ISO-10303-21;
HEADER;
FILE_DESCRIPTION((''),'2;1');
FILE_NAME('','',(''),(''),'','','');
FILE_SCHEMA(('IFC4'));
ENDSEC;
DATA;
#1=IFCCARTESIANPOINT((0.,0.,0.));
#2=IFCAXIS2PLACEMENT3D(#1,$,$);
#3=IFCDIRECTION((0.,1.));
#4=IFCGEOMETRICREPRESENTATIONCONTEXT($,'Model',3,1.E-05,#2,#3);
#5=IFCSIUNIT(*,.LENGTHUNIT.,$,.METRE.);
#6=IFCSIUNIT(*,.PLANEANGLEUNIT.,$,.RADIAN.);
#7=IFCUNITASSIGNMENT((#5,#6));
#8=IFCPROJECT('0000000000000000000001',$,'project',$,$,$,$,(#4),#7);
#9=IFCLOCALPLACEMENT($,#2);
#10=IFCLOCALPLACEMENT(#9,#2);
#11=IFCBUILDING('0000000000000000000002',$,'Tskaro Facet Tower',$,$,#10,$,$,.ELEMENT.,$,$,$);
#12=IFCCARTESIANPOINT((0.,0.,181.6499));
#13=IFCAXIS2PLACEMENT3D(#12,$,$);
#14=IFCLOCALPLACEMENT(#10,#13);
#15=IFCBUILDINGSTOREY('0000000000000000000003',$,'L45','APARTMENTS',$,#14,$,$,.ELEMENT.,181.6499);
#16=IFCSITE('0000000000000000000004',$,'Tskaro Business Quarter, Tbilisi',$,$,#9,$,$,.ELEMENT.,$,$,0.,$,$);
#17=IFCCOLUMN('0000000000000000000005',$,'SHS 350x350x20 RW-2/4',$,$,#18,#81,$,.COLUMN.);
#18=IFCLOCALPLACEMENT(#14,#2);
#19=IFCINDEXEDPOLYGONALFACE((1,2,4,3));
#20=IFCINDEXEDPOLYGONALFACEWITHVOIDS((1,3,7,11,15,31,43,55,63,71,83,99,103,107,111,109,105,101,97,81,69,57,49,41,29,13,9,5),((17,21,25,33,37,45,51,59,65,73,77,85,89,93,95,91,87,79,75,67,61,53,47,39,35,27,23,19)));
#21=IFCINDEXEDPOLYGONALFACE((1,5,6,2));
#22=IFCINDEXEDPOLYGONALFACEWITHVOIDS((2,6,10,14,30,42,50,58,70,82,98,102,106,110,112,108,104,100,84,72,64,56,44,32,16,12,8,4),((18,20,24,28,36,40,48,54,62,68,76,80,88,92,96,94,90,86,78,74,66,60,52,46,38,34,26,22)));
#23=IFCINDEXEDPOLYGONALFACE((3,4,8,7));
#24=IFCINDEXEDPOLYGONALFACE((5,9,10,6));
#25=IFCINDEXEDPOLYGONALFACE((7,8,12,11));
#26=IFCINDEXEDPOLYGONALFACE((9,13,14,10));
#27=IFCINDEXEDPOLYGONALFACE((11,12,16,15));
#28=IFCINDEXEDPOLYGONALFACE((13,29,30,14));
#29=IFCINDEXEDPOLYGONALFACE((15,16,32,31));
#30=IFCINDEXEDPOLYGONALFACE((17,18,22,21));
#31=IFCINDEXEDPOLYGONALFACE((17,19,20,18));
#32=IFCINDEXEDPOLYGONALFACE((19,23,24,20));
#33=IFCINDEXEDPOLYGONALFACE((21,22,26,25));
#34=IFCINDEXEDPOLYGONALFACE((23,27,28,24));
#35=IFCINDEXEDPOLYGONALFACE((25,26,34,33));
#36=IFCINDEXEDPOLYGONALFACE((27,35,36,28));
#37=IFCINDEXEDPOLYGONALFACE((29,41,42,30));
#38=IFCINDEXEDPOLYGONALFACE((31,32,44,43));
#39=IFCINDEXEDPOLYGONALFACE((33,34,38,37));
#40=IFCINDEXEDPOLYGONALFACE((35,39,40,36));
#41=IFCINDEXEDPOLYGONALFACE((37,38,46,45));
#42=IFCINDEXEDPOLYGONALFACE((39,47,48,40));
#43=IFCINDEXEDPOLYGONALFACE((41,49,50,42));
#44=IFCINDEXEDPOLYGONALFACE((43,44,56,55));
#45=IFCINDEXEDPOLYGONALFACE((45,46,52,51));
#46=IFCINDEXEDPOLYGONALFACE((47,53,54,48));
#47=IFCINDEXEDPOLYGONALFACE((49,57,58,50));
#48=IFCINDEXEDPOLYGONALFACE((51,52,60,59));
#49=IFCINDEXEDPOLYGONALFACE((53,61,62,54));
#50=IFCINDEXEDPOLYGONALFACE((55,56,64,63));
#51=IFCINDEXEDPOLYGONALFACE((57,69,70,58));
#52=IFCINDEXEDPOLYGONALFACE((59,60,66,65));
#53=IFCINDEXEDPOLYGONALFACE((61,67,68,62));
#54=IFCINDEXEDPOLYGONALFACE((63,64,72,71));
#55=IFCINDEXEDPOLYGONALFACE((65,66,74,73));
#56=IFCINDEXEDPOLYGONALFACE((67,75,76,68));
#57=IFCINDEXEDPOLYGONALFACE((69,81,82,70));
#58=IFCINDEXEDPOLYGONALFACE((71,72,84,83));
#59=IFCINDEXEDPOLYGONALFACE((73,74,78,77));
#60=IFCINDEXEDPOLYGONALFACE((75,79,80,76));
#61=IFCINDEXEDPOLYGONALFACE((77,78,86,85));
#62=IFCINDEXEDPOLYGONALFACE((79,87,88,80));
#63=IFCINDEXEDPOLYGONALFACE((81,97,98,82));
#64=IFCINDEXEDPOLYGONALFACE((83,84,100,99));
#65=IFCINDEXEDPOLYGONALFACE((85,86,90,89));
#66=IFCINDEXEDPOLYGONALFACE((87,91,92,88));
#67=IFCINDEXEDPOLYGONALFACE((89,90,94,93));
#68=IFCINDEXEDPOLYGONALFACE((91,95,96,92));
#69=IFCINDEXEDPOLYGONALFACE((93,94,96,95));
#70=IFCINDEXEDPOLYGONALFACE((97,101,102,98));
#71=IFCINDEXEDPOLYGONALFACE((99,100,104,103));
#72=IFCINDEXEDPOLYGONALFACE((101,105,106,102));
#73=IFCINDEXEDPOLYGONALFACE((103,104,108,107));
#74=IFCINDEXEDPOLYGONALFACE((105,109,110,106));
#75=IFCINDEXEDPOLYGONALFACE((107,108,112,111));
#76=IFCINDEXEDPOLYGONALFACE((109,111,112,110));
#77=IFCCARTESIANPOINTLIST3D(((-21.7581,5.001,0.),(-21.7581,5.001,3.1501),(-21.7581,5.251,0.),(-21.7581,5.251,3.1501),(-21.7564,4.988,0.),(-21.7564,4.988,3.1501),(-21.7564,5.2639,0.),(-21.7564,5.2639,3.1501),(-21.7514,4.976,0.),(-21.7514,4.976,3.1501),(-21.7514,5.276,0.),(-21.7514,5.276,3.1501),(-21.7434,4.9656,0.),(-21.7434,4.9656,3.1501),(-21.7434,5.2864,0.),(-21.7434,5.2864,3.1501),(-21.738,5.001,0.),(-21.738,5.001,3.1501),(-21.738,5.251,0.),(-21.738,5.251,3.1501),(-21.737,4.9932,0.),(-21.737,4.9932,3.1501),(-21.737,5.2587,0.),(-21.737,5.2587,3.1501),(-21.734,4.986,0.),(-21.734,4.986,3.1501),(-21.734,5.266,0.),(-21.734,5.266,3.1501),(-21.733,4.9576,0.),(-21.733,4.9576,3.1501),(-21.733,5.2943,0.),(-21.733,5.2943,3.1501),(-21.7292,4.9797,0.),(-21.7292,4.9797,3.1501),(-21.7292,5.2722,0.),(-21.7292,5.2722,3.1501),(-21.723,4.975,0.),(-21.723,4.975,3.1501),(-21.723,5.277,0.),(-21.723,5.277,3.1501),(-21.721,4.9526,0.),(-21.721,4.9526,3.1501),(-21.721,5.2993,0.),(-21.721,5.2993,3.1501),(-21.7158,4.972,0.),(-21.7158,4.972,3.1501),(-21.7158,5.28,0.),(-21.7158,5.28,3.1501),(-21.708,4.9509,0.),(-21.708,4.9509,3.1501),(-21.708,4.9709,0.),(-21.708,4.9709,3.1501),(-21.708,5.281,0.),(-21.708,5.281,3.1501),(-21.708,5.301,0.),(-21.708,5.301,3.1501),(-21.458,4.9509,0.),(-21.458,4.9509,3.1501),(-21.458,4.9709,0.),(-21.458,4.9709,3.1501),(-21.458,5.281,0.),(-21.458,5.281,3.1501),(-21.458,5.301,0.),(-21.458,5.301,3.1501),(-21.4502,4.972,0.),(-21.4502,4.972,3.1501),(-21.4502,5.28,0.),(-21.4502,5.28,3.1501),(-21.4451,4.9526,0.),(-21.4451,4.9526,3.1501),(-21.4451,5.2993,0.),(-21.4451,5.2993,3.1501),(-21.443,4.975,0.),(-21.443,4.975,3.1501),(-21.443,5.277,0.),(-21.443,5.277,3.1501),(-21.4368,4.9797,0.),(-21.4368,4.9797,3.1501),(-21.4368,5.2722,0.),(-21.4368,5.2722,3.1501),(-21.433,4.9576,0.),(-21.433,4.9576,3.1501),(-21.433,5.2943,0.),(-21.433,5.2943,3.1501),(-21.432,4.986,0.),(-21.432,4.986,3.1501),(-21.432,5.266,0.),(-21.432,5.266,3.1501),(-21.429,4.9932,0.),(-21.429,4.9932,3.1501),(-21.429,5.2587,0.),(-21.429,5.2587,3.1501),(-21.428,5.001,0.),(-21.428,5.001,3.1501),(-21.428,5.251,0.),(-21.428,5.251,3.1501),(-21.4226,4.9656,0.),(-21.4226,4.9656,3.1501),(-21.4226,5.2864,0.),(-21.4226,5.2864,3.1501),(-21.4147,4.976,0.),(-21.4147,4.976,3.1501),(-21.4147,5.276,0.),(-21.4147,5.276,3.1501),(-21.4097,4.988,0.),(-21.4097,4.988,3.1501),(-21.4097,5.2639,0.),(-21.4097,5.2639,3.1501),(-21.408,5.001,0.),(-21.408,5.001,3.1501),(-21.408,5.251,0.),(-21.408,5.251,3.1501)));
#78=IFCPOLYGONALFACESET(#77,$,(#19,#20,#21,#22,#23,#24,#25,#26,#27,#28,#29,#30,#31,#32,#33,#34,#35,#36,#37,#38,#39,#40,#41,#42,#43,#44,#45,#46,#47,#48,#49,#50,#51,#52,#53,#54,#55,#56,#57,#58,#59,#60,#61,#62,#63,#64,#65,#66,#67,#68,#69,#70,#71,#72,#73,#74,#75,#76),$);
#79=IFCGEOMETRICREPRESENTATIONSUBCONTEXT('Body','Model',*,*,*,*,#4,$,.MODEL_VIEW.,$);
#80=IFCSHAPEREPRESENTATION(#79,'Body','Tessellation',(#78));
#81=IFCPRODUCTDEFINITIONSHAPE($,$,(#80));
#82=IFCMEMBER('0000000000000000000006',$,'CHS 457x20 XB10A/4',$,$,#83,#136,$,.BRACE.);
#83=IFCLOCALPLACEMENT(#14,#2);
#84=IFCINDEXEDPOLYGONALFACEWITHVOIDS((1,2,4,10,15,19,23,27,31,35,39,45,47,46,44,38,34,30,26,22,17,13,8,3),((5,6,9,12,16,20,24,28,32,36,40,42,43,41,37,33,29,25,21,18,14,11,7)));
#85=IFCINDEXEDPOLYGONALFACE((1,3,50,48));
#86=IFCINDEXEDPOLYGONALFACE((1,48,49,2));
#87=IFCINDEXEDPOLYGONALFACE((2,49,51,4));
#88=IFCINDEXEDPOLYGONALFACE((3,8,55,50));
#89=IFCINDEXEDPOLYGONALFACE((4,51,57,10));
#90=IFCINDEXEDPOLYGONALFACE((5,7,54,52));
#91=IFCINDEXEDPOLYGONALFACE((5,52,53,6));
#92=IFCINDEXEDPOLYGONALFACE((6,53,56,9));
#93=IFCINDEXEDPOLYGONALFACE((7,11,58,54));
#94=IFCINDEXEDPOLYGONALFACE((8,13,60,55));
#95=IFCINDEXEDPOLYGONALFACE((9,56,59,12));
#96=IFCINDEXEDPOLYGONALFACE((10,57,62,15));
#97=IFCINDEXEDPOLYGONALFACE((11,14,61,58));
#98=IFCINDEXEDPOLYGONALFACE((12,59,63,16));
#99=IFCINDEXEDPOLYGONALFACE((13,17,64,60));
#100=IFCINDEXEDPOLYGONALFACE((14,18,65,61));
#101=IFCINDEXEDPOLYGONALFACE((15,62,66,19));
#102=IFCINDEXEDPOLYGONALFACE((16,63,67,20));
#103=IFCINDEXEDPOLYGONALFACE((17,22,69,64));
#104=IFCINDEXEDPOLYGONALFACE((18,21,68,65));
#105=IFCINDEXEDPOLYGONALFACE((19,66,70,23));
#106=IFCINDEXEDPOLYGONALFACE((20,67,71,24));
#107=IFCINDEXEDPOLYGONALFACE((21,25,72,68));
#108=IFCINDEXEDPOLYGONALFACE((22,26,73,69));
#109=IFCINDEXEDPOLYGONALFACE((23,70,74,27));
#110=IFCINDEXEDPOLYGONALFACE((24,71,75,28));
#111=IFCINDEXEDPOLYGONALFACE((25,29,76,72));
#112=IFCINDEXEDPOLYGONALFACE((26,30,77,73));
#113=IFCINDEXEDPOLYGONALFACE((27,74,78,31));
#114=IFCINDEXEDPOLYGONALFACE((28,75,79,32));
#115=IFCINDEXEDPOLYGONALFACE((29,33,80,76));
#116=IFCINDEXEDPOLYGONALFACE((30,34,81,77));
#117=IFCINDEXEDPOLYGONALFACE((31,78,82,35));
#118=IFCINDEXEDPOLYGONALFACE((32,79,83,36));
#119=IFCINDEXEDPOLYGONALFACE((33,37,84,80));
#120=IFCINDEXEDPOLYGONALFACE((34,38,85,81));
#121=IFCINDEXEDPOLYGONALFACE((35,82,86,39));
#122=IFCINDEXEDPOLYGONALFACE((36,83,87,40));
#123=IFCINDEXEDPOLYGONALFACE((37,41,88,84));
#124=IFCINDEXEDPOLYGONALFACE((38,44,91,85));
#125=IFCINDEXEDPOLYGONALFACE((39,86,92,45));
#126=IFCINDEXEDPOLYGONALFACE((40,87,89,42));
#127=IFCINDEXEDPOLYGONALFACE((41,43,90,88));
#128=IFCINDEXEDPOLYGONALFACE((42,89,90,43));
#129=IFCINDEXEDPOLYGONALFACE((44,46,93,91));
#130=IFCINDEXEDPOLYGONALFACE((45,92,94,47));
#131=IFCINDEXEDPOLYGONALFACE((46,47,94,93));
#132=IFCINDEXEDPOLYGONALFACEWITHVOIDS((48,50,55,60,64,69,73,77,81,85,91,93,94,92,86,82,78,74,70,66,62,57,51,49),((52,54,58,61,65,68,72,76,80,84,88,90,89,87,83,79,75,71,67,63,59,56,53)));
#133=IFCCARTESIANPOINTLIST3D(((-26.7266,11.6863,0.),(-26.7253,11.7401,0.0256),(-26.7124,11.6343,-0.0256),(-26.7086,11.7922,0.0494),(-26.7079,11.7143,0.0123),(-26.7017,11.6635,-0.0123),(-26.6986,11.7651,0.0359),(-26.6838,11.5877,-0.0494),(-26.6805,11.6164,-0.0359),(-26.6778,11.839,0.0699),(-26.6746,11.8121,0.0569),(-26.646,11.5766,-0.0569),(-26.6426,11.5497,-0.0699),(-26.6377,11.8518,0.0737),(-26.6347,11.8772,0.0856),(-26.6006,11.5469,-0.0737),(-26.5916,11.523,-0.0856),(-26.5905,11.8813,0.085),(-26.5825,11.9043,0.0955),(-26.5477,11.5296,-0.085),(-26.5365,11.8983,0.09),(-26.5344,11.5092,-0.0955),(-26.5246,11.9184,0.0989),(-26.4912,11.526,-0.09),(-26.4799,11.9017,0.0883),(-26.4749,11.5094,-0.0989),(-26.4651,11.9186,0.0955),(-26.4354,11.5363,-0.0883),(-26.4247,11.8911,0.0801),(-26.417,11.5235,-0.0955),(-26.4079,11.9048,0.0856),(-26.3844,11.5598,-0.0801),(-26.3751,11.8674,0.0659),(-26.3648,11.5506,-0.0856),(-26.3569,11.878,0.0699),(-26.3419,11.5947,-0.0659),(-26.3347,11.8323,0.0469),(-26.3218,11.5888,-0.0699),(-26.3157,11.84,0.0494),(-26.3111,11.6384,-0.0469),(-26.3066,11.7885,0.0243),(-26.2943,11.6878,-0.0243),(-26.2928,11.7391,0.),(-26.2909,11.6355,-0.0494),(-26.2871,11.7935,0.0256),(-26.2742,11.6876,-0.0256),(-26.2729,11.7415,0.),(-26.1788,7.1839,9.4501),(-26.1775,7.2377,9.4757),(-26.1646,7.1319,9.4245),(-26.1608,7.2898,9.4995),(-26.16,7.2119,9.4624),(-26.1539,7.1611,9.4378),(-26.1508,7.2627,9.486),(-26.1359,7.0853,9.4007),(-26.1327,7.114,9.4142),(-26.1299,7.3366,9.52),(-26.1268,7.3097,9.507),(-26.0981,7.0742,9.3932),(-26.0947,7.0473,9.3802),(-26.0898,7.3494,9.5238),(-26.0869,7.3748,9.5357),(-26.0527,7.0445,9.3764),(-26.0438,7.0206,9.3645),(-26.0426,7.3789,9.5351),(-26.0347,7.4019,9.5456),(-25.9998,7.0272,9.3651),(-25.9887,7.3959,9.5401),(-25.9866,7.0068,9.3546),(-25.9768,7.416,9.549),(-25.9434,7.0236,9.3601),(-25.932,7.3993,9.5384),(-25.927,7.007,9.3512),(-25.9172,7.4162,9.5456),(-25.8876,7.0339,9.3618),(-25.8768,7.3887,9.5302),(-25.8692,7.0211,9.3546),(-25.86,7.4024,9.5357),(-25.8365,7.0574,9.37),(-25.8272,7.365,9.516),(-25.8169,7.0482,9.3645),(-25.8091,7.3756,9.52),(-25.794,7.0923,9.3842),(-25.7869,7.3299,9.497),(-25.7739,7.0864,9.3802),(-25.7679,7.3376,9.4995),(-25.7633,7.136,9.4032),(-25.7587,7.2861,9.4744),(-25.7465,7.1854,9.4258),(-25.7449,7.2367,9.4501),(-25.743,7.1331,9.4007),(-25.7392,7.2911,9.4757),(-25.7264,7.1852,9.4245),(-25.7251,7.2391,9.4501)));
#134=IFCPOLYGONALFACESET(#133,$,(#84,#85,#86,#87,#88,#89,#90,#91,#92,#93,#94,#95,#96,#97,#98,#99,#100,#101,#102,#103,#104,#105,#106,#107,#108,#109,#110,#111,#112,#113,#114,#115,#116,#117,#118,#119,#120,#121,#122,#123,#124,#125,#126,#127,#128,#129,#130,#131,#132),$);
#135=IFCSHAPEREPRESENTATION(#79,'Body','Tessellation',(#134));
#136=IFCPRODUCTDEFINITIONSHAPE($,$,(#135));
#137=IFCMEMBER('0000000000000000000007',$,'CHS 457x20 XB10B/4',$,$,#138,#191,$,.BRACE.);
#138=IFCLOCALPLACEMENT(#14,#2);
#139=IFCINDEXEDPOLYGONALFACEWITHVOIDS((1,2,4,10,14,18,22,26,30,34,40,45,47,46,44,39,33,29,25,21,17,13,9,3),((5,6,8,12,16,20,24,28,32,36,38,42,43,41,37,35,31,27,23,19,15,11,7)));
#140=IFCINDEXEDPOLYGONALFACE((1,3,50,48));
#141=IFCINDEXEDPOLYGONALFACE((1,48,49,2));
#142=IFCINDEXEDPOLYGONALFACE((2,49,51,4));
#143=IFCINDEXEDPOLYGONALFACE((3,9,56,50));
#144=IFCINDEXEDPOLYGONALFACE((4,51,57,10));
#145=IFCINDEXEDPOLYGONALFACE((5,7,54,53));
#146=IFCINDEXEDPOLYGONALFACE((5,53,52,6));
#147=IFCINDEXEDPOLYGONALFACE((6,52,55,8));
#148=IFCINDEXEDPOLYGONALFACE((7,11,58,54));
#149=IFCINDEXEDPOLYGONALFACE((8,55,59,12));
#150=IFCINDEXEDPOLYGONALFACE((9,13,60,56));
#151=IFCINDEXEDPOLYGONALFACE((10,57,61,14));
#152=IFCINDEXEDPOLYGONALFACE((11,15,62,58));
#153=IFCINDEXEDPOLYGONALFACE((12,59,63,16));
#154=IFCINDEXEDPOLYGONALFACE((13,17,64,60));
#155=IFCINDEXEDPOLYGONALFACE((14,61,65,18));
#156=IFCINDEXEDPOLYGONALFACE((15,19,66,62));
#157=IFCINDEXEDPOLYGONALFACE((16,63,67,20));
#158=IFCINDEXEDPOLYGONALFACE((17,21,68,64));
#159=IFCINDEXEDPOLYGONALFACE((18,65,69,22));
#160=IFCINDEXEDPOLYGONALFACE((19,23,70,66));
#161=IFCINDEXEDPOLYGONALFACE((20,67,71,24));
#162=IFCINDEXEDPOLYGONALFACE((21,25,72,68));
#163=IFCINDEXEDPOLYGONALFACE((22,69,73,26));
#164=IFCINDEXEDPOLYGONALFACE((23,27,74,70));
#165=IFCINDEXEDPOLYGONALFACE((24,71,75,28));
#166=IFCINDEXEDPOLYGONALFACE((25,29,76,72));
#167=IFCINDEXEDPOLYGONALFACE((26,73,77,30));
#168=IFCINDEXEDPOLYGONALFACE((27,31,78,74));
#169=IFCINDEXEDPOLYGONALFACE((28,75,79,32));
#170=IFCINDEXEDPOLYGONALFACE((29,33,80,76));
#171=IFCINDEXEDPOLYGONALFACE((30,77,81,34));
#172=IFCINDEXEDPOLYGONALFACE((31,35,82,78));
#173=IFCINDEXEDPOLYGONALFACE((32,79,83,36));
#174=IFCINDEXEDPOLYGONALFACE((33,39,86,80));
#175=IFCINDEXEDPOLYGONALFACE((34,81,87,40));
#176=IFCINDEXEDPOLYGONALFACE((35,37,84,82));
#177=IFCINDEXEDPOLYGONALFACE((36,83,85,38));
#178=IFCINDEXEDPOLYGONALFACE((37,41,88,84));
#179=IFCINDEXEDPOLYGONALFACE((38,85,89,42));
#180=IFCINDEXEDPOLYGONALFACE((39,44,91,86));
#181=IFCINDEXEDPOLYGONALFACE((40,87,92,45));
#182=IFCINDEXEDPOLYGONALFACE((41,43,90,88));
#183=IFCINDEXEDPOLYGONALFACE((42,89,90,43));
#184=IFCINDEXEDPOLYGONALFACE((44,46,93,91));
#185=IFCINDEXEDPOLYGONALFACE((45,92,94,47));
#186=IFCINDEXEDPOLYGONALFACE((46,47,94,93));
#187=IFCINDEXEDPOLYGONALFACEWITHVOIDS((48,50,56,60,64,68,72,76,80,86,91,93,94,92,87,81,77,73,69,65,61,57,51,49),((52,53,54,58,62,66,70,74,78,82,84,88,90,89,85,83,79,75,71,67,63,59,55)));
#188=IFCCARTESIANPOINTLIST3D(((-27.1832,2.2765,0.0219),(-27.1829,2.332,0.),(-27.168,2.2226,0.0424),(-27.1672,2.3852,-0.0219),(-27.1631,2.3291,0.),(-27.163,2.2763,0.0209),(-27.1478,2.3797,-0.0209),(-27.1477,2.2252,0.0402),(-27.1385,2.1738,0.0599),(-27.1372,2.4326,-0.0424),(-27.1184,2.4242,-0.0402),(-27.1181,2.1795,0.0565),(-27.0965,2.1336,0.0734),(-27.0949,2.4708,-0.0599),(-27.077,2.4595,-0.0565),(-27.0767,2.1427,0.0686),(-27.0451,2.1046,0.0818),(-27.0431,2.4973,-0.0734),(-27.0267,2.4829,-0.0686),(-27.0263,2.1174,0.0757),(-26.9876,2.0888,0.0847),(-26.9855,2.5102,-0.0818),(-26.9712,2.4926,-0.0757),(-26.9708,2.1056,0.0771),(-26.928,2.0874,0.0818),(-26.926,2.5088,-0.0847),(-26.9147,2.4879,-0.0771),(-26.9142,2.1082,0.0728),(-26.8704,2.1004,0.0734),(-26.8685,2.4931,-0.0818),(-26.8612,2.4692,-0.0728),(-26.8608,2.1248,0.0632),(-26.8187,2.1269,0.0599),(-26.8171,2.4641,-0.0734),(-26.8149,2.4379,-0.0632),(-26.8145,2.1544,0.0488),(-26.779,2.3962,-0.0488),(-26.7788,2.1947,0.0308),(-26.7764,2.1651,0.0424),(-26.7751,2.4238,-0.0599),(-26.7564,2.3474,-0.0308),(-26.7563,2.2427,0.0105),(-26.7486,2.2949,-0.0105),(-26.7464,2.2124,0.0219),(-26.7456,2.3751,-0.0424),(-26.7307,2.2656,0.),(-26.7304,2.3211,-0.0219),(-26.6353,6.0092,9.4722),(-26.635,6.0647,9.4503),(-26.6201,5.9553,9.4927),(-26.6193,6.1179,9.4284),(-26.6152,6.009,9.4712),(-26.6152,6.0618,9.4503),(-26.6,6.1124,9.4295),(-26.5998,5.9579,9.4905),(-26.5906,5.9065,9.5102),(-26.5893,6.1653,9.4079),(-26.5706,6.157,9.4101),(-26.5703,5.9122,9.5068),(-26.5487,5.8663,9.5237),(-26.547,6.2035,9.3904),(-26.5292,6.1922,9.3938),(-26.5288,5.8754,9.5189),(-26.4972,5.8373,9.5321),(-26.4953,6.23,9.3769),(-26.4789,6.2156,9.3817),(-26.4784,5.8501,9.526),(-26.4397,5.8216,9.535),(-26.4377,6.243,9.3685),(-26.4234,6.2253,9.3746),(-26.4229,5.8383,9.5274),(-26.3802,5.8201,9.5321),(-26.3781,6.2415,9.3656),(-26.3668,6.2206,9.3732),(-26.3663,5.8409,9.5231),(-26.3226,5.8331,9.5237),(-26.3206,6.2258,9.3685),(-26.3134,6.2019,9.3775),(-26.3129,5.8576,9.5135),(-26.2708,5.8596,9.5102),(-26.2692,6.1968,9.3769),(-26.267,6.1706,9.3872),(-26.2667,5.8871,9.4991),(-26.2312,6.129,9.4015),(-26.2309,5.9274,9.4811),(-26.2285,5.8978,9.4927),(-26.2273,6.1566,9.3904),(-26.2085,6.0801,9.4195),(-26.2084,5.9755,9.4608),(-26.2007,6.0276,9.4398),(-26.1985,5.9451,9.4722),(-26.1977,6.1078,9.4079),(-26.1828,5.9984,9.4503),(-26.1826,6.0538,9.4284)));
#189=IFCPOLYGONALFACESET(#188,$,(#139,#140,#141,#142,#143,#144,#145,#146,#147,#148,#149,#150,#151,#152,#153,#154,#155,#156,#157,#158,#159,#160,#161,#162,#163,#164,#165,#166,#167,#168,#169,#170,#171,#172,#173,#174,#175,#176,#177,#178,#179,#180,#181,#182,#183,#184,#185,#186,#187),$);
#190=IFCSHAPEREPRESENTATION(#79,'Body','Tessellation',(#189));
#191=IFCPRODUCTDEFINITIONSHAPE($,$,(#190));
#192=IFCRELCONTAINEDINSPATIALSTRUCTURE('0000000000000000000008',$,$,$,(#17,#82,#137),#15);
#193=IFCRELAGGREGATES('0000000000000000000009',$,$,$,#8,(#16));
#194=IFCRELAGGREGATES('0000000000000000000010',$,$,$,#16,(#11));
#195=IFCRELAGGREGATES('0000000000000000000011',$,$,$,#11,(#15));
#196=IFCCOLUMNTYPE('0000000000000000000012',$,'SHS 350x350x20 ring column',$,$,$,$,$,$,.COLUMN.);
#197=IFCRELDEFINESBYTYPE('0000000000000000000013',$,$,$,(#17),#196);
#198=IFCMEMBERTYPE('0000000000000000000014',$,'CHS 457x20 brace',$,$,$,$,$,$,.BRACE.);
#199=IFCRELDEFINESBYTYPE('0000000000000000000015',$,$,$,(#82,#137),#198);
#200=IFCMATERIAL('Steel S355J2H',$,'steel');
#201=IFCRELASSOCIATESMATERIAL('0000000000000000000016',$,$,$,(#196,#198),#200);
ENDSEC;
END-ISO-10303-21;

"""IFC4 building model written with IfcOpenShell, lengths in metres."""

from ifc_helpers import new_model, si_unit, direction, frame, origin, origin_2d, place, context, subcontext, project, spatial, hollow_rectangle, hollow_circle, extrude, material, material_profile, profile_set, type_object, element, save


model = new_model("IFC4")

# Units and contexts
model_context = context("Model", 3, precision=1e-05, world=origin(), true_north=direction((0.0, 1.0)))
body_context = subcontext(model_context, "Body", "Model", "MODEL_VIEW")
ifc_project = project(units=[si_unit("LENGTHUNIT", "METRE"), si_unit("PLANEANGLEUNIT", "RADIAN")], contexts=[model_context])

# Site, building, storey
site_placement = place(None, origin())
site = spatial("IfcSite", under=ifc_project, at=site_placement, Name="Tskaro Business Quarter, Tbilisi", CompositionType="ELEMENT", RefElevation=0.0)
building_placement = place(site_placement, origin())
building = spatial("IfcBuilding", under=site, at=building_placement, Name="Tskaro Facet Tower", CompositionType="ELEMENT")
storey_placement = place(building_placement, frame((0.0, 0.0, 181.6499)))
storey = spatial("IfcBuildingStorey", under=building, at=storey_placement, Name="L45", Description="APARTMENTS", CompositionType="ELEMENT", Elevation=181.6499)

# Column
ifc_material_1 = material(Name="Steel S355J2H", Category="steel")
ifc_material_profile_1 = material_profile(ifc_material_1, hollow_rectangle(XDim=0.3501, YDim=0.3501, WallThickness=0.02, InnerFilletRadius=0.03, OuterFilletRadius=0.05, at=origin_2d()), Name="SHS 350x350x20")
ifc_profile_set_1 = profile_set([ifc_material_profile_1], Name="Steel S355J2H")
column_type_1 = type_object("IfcColumnType", Name="SHS 350x350x20 ring column", PredefinedType="COLUMN", material=ifc_profile_set_1)
column_placement = place(storey_placement, frame((-21.583, 5.126, 0.0), z_axis=(0.0, 0.0, 1.0), x_axis=(1.0, 0.0, 0.0)))
element("IfcColumn", 1, at=column_placement, inside=storey, type_object=column_type_1, Name="SHS 350x350x20 RW-2/4", PredefinedType="COLUMN", context=body_context, shape_type="SweptSolid", body=[
    extrude(hollow_rectangle(XDim=0.3501, YDim=0.3501, WallThickness=0.02, InnerFilletRadius=0.03, OuterFilletRadius=0.05, at=origin_2d()), origin(), (0.0, 0.0, 1.0), 3.1501),
])

# Members
ifc_material_profile_2 = material_profile(ifc_material_1, hollow_circle(Radius=0.2285, WallThickness=0.02, at=origin_2d()), Name="CHS 457x20")
ifc_profile_set_2 = profile_set([ifc_material_profile_2], Name="Steel S355J2H")
member_type_1 = type_object("IfcMemberType", Name="CHS 457x20 brace", PredefinedType="BRACE", material=ifc_profile_set_2)
member_1_placement = place(storey_placement, frame((-26.4998, 11.7139, 0.0), z_axis=(0.052265, -0.429529, 0.90154), x_axis=(0.992678, 0.120788, 0.0)))
element("IfcMember", 2, at=member_1_placement, inside=storey, type_object=member_type_1, Name="CHS 457x20 XB10A/4", PredefinedType="BRACE", context=body_context, shape_type="SweptSolid", body=[
    extrude(hollow_circle(Radius=0.2285, WallThickness=0.02, at=origin_2d()), origin(), (0.0, 0.0, 1.0), 10.4822),
])
member_2_placement = place(storey_placement, frame((-26.9568, 2.2988, 0.0), z_axis=(0.053841, 0.366832, 0.928728), x_axis=(-0.9894, 0.145216, 0.0)))
element("IfcMember", 3, at=member_2_placement, inside=storey, type_object=member_type_1, Name="CHS 457x20 XB10B/4", PredefinedType="BRACE", context=body_context, shape_type="SweptSolid", body=[
    extrude(hollow_circle(Radius=0.2285, WallThickness=0.02, at=origin_2d()), origin(), (0.0, 0.0, 1.0), 10.1755),
])

save(model, "model.ifc")
